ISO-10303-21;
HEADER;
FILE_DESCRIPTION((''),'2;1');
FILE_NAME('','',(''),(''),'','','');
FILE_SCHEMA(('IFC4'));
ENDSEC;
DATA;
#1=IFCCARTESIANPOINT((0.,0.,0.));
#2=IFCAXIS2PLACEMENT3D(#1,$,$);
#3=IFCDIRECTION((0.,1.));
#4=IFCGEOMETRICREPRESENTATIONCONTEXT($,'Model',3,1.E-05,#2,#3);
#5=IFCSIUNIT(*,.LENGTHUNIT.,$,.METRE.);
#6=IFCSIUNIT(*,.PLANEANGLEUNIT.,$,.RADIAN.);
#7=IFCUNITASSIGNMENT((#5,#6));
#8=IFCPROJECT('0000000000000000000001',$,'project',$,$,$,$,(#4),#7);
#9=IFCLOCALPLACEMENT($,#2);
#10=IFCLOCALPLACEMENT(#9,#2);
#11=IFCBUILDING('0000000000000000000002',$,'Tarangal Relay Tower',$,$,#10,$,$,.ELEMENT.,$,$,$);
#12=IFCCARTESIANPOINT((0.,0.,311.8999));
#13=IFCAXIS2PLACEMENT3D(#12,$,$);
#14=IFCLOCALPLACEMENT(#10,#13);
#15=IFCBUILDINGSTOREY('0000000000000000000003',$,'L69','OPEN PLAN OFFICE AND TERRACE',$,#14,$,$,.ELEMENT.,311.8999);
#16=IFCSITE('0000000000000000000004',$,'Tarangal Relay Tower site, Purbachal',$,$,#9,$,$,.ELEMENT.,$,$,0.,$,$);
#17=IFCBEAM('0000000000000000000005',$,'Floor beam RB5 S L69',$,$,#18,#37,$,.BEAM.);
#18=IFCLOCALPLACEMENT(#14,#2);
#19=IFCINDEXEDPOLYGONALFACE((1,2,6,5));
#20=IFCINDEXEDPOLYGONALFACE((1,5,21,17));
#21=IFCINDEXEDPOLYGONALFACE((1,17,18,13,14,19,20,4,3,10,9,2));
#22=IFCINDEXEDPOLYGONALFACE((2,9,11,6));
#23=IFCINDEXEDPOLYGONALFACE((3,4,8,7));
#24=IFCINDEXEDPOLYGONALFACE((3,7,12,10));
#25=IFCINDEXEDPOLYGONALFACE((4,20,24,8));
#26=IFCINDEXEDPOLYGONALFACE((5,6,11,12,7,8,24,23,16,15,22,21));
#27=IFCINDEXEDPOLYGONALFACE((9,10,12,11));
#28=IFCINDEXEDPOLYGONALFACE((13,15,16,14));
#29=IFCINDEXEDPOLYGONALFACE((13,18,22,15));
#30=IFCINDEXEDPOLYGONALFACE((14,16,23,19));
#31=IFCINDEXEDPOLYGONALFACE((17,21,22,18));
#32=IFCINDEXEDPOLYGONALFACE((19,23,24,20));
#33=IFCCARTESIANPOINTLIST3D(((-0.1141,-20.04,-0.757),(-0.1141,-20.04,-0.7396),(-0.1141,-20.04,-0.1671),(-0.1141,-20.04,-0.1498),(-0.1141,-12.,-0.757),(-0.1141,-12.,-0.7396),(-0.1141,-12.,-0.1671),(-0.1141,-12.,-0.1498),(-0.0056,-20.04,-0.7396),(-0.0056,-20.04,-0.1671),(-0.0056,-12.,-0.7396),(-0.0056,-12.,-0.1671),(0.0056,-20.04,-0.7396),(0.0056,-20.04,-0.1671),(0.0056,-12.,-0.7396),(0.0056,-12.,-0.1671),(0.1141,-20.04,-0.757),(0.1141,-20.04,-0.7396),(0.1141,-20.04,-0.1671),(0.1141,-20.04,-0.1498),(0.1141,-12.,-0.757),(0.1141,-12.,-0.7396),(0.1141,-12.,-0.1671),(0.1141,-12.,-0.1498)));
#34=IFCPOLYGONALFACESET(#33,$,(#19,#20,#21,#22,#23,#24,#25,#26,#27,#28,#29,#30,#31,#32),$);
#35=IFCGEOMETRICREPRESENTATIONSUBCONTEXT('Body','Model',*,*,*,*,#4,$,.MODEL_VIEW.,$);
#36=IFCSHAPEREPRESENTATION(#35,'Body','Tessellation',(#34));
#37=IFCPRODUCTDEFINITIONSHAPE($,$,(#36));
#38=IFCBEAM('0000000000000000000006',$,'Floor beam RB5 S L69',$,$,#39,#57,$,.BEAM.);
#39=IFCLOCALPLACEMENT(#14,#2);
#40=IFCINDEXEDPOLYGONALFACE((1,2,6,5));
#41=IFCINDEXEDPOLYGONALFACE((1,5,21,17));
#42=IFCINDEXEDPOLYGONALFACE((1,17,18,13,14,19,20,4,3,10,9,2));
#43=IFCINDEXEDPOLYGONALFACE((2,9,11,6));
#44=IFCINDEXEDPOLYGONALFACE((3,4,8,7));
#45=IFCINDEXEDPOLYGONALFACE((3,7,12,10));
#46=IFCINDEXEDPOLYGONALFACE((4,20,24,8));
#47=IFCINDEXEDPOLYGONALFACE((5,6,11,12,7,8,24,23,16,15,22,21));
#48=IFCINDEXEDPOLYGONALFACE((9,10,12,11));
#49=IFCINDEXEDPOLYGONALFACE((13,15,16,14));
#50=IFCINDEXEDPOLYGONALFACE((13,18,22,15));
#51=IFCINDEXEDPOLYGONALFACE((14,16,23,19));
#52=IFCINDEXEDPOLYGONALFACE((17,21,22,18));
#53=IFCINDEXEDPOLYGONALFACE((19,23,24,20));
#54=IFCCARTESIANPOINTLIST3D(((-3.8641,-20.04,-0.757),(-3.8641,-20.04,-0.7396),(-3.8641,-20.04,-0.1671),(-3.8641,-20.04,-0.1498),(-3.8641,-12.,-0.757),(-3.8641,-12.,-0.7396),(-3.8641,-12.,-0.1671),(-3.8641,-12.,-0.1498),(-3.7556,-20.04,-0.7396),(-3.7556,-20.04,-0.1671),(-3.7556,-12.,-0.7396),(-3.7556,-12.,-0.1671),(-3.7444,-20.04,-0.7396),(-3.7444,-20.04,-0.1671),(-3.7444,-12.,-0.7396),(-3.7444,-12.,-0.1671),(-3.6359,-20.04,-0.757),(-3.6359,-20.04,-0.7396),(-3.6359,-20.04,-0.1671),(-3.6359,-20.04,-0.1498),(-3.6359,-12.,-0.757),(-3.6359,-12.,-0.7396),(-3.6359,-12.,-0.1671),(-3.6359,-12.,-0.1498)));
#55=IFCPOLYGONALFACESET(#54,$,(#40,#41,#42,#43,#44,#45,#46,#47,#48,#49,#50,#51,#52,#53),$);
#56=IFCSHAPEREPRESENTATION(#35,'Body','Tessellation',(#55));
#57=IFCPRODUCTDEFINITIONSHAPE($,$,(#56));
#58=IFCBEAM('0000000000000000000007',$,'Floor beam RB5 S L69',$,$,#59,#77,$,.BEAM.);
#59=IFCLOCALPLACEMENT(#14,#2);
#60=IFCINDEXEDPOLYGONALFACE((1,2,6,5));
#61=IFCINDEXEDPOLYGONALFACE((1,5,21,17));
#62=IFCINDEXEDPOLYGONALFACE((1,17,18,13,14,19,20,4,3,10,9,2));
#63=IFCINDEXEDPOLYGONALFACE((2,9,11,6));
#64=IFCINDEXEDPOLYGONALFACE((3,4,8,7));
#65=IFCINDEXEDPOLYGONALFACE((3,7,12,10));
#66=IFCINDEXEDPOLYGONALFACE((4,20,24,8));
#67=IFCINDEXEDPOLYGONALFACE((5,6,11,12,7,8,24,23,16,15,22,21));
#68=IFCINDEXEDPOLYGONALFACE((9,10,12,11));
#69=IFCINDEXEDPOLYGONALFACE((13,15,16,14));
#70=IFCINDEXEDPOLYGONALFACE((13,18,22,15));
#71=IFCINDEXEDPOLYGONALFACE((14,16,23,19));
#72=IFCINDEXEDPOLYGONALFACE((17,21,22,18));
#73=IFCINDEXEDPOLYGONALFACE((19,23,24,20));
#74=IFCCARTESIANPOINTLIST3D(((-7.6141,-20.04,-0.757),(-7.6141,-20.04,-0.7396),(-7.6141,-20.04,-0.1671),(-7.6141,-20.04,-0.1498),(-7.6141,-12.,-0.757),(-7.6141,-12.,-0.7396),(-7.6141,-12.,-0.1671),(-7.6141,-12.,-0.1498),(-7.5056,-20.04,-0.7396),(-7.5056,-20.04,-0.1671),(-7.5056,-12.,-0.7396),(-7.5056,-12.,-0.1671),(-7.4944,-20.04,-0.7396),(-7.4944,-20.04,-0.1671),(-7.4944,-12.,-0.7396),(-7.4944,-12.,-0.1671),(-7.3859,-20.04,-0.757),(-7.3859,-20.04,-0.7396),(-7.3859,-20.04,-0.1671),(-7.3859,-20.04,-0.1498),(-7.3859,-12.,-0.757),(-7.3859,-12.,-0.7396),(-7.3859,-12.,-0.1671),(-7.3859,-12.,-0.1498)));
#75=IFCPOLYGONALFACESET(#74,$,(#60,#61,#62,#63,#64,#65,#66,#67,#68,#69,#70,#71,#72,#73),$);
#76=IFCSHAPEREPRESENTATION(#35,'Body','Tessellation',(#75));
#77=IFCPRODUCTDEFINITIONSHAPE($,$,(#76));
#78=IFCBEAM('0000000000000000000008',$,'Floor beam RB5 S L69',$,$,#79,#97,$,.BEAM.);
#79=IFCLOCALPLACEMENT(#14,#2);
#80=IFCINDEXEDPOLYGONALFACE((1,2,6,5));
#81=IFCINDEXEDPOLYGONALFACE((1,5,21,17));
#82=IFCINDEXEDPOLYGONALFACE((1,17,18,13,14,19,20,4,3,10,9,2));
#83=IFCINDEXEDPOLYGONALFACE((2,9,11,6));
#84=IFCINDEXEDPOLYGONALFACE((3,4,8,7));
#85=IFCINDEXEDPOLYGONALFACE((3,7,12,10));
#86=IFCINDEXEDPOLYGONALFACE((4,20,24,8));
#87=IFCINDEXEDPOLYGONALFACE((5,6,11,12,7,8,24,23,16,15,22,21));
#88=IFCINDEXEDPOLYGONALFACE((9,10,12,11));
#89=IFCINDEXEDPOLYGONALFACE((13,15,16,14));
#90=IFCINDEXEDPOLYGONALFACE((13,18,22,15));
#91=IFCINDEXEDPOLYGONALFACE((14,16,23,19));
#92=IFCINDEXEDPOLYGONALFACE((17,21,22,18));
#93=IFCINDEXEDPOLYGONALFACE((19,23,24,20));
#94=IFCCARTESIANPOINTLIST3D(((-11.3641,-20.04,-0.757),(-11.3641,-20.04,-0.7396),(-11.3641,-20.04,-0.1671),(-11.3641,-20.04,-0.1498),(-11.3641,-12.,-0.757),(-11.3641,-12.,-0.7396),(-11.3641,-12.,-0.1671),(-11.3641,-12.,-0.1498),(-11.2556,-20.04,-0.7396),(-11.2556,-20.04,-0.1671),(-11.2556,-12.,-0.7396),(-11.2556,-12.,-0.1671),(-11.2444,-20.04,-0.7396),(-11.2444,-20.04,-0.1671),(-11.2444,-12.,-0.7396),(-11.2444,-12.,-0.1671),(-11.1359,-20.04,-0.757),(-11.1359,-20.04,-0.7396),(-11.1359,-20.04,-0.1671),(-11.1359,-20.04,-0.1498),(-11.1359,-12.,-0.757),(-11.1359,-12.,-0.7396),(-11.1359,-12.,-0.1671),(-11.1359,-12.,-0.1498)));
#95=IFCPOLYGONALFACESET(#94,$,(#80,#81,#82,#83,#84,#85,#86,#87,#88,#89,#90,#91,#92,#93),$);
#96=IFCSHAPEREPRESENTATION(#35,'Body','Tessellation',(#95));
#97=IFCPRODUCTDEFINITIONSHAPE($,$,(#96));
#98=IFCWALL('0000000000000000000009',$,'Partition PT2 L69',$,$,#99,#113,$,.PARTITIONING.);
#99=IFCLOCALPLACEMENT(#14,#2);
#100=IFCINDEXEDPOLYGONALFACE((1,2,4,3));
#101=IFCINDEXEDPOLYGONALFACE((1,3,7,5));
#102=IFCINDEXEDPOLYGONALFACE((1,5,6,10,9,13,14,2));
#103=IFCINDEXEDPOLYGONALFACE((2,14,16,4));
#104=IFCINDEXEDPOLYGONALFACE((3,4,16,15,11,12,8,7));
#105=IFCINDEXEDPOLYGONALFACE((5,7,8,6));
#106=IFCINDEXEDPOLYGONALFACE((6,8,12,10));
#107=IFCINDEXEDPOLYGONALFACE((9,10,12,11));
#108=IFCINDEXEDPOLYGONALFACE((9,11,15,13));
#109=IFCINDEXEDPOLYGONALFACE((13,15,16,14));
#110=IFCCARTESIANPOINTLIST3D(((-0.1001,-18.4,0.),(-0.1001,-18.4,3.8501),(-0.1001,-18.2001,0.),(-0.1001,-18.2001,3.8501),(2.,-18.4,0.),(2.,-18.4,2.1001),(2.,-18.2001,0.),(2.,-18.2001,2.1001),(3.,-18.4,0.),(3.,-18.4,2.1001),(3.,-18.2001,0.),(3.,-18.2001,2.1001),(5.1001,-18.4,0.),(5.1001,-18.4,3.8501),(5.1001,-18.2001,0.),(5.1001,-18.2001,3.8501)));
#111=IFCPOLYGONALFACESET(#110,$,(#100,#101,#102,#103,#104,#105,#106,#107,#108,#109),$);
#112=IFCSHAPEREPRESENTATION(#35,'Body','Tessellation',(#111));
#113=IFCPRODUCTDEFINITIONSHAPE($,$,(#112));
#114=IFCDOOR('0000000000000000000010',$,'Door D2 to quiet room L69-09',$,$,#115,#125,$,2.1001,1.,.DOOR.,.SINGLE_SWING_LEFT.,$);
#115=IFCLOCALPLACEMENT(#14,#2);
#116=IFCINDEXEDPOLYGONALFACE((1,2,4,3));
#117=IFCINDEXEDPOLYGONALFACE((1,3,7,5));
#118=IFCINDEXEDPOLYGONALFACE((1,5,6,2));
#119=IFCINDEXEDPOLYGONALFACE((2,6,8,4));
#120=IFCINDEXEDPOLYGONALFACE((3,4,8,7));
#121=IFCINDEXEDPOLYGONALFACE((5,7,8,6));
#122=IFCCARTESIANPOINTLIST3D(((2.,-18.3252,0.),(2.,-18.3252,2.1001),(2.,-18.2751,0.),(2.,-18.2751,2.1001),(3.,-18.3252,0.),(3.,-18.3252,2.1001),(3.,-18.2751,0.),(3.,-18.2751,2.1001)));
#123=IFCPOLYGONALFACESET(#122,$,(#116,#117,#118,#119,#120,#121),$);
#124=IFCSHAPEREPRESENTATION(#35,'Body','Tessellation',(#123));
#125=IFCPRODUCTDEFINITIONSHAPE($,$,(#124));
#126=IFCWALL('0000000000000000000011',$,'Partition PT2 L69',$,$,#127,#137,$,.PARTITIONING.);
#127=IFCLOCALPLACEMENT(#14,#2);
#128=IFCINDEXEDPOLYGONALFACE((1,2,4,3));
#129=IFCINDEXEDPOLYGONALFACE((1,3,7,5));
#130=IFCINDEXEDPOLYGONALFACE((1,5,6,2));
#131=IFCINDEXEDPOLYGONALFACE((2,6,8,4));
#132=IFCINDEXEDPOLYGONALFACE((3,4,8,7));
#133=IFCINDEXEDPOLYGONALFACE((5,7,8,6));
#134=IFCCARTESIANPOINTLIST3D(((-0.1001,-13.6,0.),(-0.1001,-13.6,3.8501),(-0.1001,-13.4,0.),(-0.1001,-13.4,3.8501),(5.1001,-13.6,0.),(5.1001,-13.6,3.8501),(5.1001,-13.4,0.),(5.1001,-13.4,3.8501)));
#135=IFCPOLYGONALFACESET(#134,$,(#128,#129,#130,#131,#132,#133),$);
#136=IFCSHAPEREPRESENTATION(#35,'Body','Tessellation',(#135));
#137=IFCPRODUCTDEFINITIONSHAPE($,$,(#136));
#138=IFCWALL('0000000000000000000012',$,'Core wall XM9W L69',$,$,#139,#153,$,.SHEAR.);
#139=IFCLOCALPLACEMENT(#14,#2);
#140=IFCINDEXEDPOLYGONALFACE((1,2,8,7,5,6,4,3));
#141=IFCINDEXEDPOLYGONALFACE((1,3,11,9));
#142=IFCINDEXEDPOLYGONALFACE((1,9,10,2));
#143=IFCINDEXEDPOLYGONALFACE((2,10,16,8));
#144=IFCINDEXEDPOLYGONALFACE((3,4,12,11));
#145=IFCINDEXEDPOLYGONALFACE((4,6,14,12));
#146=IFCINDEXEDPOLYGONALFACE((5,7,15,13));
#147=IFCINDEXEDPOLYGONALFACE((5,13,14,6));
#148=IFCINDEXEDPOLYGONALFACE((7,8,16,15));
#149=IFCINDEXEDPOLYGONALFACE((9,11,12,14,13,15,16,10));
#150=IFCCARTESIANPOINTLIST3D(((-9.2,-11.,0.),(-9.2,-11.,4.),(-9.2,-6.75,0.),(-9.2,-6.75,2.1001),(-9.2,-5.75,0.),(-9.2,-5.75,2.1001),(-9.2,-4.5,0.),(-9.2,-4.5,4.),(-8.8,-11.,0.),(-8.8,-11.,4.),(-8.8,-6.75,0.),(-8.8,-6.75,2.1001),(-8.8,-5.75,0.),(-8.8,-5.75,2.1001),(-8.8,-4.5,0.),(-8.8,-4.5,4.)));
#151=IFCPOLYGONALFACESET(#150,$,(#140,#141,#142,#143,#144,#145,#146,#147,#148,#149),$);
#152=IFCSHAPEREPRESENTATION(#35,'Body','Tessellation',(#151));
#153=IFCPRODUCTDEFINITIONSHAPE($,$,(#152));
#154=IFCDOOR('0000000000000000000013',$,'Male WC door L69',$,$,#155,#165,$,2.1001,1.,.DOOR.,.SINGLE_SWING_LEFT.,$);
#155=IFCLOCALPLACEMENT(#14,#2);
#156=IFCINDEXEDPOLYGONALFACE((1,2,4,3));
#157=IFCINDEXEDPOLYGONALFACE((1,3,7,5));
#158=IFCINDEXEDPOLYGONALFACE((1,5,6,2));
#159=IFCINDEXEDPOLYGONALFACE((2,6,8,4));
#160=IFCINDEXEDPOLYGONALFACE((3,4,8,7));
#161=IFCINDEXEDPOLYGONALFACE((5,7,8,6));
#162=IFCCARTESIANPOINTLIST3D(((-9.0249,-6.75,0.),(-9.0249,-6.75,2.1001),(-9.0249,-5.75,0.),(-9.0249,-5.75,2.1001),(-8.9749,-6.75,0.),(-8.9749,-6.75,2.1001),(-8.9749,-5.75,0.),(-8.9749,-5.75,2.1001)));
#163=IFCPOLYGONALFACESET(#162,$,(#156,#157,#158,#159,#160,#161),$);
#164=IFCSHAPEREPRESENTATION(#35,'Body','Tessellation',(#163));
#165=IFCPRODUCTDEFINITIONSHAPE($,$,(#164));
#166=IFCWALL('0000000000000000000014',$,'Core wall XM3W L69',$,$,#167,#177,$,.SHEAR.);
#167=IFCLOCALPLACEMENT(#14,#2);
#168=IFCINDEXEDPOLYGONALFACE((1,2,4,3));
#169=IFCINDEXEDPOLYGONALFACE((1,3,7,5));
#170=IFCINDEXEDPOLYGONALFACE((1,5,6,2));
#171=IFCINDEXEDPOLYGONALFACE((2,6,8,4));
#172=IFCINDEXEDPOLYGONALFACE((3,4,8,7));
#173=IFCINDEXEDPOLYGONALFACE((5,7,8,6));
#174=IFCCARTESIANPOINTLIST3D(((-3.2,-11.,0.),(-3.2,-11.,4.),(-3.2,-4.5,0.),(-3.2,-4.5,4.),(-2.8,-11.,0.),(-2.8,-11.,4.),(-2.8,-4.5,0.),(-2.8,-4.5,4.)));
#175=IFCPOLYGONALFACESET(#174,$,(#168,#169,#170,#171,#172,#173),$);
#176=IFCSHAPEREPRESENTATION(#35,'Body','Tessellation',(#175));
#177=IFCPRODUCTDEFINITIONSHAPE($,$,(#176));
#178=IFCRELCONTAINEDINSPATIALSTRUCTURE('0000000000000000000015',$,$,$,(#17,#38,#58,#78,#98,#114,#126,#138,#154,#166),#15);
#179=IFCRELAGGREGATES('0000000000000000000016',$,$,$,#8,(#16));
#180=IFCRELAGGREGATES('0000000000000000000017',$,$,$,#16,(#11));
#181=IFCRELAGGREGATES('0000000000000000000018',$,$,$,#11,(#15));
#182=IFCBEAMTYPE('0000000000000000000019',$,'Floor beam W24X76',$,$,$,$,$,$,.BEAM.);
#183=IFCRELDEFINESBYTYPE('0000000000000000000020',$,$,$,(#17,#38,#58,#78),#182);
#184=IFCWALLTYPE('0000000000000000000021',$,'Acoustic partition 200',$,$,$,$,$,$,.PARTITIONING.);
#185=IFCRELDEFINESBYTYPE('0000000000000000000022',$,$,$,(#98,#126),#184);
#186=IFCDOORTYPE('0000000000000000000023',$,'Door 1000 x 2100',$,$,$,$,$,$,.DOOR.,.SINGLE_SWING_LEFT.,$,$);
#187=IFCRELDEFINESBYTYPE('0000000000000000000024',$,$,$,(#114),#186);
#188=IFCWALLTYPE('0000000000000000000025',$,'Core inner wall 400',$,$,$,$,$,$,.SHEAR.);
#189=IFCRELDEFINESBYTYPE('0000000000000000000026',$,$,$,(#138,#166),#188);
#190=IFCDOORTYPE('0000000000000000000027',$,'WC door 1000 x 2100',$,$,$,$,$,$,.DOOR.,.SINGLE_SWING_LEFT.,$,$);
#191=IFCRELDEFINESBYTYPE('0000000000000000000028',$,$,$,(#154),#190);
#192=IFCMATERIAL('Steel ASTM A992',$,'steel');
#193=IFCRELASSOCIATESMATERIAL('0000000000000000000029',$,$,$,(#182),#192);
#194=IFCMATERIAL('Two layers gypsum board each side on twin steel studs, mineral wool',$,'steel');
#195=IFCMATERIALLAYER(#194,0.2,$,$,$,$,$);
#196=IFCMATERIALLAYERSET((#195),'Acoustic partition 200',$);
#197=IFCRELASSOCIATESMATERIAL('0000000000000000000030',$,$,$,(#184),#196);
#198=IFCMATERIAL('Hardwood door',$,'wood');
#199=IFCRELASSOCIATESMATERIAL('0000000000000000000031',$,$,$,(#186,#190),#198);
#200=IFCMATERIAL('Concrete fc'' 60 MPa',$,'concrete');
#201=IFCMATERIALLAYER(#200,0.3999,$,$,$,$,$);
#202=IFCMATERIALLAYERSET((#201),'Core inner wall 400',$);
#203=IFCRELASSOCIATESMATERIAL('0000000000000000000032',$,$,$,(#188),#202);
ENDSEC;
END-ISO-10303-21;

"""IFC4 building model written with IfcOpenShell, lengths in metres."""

from ifc_helpers import new_model, si_unit, direction, frame, frame_2d, origin, origin_2d, place, context, subcontext, project, spatial, rectangle, i_section, extrude, material, layer, layer_set, material_profile, profile_set, type_object, element, fill, save


model = new_model("IFC4")

# Units and contexts
model_context = context("Model", 3, precision=1e-05, world=origin(), true_north=direction((0.0, 1.0)))
body_context = subcontext(model_context, "Body", "Model", "MODEL_VIEW")
ifc_project = project(units=[si_unit("LENGTHUNIT", "METRE"), si_unit("PLANEANGLEUNIT", "RADIAN")], contexts=[model_context])

# Site, building, storey
site_placement = place(None, origin())
site = spatial("IfcSite", under=ifc_project, at=site_placement, Name="Tarangal Relay Tower site, Purbachal", CompositionType="ELEMENT", RefElevation=0.0)
building_placement = place(site_placement, origin())
building = spatial("IfcBuilding", under=site, at=building_placement, Name="Tarangal Relay Tower", CompositionType="ELEMENT")
storey_placement = place(building_placement, frame((0.0, 0.0, 311.8999)))
storey = spatial("IfcBuildingStorey", under=building, at=storey_placement, Name="L69", Description="OPEN PLAN OFFICE AND TERRACE", CompositionType="ELEMENT", Elevation=311.8999)

# Beams
ifc_material_1 = material(Name="Steel ASTM A992", Category="steel")
ifc_material_profile = material_profile(ifc_material_1, i_section(OverallWidth=0.2283, OverallDepth=0.6072, WebThickness=0.0112, FlangeThickness=0.0173, at=origin_2d()), Name="W24X76")
ifc_profile_set = profile_set([ifc_material_profile], Name="Steel ASTM A992")
beam_type = type_object("IfcBeamType", Name="Floor beam W24X76", PredefinedType="BEAM", material=ifc_profile_set)
for number, where, z_axis, x_axis, name in (
    (1, (0.0, -12.0, -0.4534), (0.0, -1.0, 0.0), (1.0, 0.0, 0.0), "Floor beam RB5 S L69"),
    (2, (-3.75, -12.0, -0.4534), (0.0, -1.0, 0.0), (1.0, 0.0, 0.0), "Floor beam RB5 S L69"),
    (3, (-7.5, -12.0, -0.4534), (0.0, -1.0, 0.0), (1.0, 0.0, 0.0), "Floor beam RB5 S L69"),
    (4, (-11.25, -12.0, -0.4534), (0.0, -1.0, 0.0), (1.0, 0.0, 0.0), "Floor beam RB5 S L69"),
):
    element("IfcBeam", number, at=place(storey_placement, frame(where, z_axis=z_axis, x_axis=x_axis)), inside=storey, type_object=beam_type, Name=name, PredefinedType="BEAM", context=body_context, shape_type="SweptSolid", body=[
        extrude(i_section(OverallWidth=0.2283, OverallDepth=0.6072, WebThickness=0.0112, FlangeThickness=0.0173, at=origin_2d()), origin(), (0.0, 0.0, 1.0), 8.04),
    ])

# Wall, opening, door
ifc_material_2 = material(Name="Two layers gypsum board each side on twin steel studs, mineral wool", Category="steel")
ifc_layer_1 = layer(ifc_material_2, 0.2)
ifc_layer_set_1 = layer_set([ifc_layer_1], Name="Acoustic partition 200")
wall_type_1 = type_object("IfcWallType", Name="Acoustic partition 200", PredefinedType="PARTITIONING", material=ifc_layer_set_1)
wall_1_placement = place(storey_placement, frame((-0.1001, -18.3, 0.0), z_axis=(0.0, 0.0, 1.0), x_axis=(1.0, 0.0, 0.0)))
wall_1 = element("IfcWall", 5, at=wall_1_placement, inside=storey, type_object=wall_type_1, Name="Partition PT2 L69", PredefinedType="PARTITIONING", context=body_context, shape_type="SweptSolid", body=[
    extrude(rectangle(XDim=5.2002, YDim=0.2, at=frame_2d((2.6001, 0.0))), origin(), (0.0, 0.0, 1.0), 3.8501),
])
opening_1_placement = place(wall_1_placement, frame((2.1001, 0.0, 0.0)))
opening_1 = element("IfcOpeningElement", 6, at=opening_1_placement, cuts=wall_1, PredefinedType="OPENING", context=body_context, shape_type="SweptSolid", body=[
    extrude(rectangle(XDim=1.0, YDim=2.1001, at=frame_2d((0.5, 1.05))), frame((0.0, 0.1099, 0.0), z_axis=(0.0, -1.0, 0.0), x_axis=(1.0, 0.0, 0.0)), (0.0, 0.0, 1.0), 0.22),
])
ifc_material_3 = material(Name="Hardwood door", Category="wood")
door_type_1 = type_object("IfcDoorType", Name="Door 1000 x 2100", OperationType="SINGLE_SWING_LEFT", PredefinedType="DOOR", material=ifc_material_3)
door_1_placement = place(opening_1_placement, origin())
door_1 = element("IfcDoor", 7, at=door_1_placement, inside=storey, type_object=door_type_1, Name="Door D2 to quiet room L69-09", OperationType="SINGLE_SWING_LEFT", OverallHeight=2.1001, OverallWidth=1.0, PredefinedType="DOOR", context=body_context, shape_type="SweptSolid", body=[
    extrude(rectangle(XDim=1.0, YDim=2.1001, at=frame_2d((0.5, 1.05))), frame((0.0, 0.0249, 0.0), z_axis=(0.0, -1.0, 0.0), x_axis=(1.0, 0.0, 0.0)), (0.0, 0.0, 1.0), 0.05),
])
fill(opening_1, door_1)

# Wall
wall_2_placement = place(storey_placement, frame((-0.1001, -13.5, 0.0), z_axis=(0.0, 0.0, 1.0), x_axis=(1.0, 0.0, 0.0)))
element("IfcWall", 8, at=wall_2_placement, inside=storey, type_object=wall_type_1, Name="Partition PT2 L69", PredefinedType="PARTITIONING", context=body_context, shape_type="SweptSolid", body=[
    extrude(rectangle(XDim=5.2002, YDim=0.2, at=frame_2d((2.6001, 0.0))), origin(), (0.0, 0.0, 1.0), 3.8501),
])

# Wall, opening, door
ifc_material_4 = material(Name="Concrete fc' 60 MPa", Category="concrete")
ifc_layer_2 = layer(ifc_material_4, 0.3999)
ifc_layer_set_2 = layer_set([ifc_layer_2], Name="Core inner wall 400")
wall_type_2 = type_object("IfcWallType", Name="Core inner wall 400", PredefinedType="SHEAR", material=ifc_layer_set_2)
wall_3_placement = place(storey_placement, frame((-9.0, -11.0, 0.0), z_axis=(0.0, 0.0, 1.0), x_axis=(0.0, 1.0, 0.0)))
wall_3 = element("IfcWall", 9, at=wall_3_placement, inside=storey, type_object=wall_type_2, Name="Core wall XM9W L69", PredefinedType="SHEAR", context=body_context, shape_type="SweptSolid", body=[
    extrude(rectangle(XDim=6.5, YDim=0.3999, at=frame_2d((3.25, 0.0))), origin(), (0.0, 0.0, 1.0), 4.0),
])
opening_2_placement = place(wall_3_placement, frame((4.25, 0.0, 0.0)))
opening_2 = element("IfcOpeningElement", 10, at=opening_2_placement, cuts=wall_3, PredefinedType="OPENING", context=body_context, shape_type="SweptSolid", body=[
    extrude(rectangle(XDim=1.0, YDim=2.1001, at=frame_2d((0.5, 1.05))), frame((0.0, 0.21, 0.0), z_axis=(0.0, -1.0, 0.0), x_axis=(1.0, 0.0, 0.0)), (0.0, 0.0, 1.0), 0.4199),
])
door_type_2 = type_object("IfcDoorType", Name="WC door 1000 x 2100", OperationType="SINGLE_SWING_LEFT", PredefinedType="DOOR", material=ifc_material_3)
door_2_placement = place(opening_2_placement, origin())
door_2 = element("IfcDoor", 11, at=door_2_placement, inside=storey, type_object=door_type_2, Name="Male WC door L69", OperationType="SINGLE_SWING_LEFT", OverallHeight=2.1001, OverallWidth=1.0, PredefinedType="DOOR", context=body_context, shape_type="SweptSolid", body=[
    extrude(rectangle(XDim=1.0, YDim=2.1001, at=frame_2d((0.5, 1.05))), frame((0.0, 0.0249, 0.0), z_axis=(0.0, -1.0, 0.0), x_axis=(1.0, 0.0, 0.0)), (0.0, 0.0, 1.0), 0.05),
])
fill(opening_2, door_2)

# Wall
wall_4_placement = place(storey_placement, frame((-3.0, -11.0, 0.0), z_axis=(0.0, 0.0, 1.0), x_axis=(0.0, 1.0, 0.0)))
element("IfcWall", 12, at=wall_4_placement, inside=storey, type_object=wall_type_2, Name="Core wall XM3W L69", PredefinedType="SHEAR", context=body_context, shape_type="SweptSolid", body=[
    extrude(rectangle(XDim=6.5, YDim=0.3999, at=frame_2d((3.25, 0.0))), origin(), (0.0, 0.0, 1.0), 4.0),
])

save(model, "model.ifc")
